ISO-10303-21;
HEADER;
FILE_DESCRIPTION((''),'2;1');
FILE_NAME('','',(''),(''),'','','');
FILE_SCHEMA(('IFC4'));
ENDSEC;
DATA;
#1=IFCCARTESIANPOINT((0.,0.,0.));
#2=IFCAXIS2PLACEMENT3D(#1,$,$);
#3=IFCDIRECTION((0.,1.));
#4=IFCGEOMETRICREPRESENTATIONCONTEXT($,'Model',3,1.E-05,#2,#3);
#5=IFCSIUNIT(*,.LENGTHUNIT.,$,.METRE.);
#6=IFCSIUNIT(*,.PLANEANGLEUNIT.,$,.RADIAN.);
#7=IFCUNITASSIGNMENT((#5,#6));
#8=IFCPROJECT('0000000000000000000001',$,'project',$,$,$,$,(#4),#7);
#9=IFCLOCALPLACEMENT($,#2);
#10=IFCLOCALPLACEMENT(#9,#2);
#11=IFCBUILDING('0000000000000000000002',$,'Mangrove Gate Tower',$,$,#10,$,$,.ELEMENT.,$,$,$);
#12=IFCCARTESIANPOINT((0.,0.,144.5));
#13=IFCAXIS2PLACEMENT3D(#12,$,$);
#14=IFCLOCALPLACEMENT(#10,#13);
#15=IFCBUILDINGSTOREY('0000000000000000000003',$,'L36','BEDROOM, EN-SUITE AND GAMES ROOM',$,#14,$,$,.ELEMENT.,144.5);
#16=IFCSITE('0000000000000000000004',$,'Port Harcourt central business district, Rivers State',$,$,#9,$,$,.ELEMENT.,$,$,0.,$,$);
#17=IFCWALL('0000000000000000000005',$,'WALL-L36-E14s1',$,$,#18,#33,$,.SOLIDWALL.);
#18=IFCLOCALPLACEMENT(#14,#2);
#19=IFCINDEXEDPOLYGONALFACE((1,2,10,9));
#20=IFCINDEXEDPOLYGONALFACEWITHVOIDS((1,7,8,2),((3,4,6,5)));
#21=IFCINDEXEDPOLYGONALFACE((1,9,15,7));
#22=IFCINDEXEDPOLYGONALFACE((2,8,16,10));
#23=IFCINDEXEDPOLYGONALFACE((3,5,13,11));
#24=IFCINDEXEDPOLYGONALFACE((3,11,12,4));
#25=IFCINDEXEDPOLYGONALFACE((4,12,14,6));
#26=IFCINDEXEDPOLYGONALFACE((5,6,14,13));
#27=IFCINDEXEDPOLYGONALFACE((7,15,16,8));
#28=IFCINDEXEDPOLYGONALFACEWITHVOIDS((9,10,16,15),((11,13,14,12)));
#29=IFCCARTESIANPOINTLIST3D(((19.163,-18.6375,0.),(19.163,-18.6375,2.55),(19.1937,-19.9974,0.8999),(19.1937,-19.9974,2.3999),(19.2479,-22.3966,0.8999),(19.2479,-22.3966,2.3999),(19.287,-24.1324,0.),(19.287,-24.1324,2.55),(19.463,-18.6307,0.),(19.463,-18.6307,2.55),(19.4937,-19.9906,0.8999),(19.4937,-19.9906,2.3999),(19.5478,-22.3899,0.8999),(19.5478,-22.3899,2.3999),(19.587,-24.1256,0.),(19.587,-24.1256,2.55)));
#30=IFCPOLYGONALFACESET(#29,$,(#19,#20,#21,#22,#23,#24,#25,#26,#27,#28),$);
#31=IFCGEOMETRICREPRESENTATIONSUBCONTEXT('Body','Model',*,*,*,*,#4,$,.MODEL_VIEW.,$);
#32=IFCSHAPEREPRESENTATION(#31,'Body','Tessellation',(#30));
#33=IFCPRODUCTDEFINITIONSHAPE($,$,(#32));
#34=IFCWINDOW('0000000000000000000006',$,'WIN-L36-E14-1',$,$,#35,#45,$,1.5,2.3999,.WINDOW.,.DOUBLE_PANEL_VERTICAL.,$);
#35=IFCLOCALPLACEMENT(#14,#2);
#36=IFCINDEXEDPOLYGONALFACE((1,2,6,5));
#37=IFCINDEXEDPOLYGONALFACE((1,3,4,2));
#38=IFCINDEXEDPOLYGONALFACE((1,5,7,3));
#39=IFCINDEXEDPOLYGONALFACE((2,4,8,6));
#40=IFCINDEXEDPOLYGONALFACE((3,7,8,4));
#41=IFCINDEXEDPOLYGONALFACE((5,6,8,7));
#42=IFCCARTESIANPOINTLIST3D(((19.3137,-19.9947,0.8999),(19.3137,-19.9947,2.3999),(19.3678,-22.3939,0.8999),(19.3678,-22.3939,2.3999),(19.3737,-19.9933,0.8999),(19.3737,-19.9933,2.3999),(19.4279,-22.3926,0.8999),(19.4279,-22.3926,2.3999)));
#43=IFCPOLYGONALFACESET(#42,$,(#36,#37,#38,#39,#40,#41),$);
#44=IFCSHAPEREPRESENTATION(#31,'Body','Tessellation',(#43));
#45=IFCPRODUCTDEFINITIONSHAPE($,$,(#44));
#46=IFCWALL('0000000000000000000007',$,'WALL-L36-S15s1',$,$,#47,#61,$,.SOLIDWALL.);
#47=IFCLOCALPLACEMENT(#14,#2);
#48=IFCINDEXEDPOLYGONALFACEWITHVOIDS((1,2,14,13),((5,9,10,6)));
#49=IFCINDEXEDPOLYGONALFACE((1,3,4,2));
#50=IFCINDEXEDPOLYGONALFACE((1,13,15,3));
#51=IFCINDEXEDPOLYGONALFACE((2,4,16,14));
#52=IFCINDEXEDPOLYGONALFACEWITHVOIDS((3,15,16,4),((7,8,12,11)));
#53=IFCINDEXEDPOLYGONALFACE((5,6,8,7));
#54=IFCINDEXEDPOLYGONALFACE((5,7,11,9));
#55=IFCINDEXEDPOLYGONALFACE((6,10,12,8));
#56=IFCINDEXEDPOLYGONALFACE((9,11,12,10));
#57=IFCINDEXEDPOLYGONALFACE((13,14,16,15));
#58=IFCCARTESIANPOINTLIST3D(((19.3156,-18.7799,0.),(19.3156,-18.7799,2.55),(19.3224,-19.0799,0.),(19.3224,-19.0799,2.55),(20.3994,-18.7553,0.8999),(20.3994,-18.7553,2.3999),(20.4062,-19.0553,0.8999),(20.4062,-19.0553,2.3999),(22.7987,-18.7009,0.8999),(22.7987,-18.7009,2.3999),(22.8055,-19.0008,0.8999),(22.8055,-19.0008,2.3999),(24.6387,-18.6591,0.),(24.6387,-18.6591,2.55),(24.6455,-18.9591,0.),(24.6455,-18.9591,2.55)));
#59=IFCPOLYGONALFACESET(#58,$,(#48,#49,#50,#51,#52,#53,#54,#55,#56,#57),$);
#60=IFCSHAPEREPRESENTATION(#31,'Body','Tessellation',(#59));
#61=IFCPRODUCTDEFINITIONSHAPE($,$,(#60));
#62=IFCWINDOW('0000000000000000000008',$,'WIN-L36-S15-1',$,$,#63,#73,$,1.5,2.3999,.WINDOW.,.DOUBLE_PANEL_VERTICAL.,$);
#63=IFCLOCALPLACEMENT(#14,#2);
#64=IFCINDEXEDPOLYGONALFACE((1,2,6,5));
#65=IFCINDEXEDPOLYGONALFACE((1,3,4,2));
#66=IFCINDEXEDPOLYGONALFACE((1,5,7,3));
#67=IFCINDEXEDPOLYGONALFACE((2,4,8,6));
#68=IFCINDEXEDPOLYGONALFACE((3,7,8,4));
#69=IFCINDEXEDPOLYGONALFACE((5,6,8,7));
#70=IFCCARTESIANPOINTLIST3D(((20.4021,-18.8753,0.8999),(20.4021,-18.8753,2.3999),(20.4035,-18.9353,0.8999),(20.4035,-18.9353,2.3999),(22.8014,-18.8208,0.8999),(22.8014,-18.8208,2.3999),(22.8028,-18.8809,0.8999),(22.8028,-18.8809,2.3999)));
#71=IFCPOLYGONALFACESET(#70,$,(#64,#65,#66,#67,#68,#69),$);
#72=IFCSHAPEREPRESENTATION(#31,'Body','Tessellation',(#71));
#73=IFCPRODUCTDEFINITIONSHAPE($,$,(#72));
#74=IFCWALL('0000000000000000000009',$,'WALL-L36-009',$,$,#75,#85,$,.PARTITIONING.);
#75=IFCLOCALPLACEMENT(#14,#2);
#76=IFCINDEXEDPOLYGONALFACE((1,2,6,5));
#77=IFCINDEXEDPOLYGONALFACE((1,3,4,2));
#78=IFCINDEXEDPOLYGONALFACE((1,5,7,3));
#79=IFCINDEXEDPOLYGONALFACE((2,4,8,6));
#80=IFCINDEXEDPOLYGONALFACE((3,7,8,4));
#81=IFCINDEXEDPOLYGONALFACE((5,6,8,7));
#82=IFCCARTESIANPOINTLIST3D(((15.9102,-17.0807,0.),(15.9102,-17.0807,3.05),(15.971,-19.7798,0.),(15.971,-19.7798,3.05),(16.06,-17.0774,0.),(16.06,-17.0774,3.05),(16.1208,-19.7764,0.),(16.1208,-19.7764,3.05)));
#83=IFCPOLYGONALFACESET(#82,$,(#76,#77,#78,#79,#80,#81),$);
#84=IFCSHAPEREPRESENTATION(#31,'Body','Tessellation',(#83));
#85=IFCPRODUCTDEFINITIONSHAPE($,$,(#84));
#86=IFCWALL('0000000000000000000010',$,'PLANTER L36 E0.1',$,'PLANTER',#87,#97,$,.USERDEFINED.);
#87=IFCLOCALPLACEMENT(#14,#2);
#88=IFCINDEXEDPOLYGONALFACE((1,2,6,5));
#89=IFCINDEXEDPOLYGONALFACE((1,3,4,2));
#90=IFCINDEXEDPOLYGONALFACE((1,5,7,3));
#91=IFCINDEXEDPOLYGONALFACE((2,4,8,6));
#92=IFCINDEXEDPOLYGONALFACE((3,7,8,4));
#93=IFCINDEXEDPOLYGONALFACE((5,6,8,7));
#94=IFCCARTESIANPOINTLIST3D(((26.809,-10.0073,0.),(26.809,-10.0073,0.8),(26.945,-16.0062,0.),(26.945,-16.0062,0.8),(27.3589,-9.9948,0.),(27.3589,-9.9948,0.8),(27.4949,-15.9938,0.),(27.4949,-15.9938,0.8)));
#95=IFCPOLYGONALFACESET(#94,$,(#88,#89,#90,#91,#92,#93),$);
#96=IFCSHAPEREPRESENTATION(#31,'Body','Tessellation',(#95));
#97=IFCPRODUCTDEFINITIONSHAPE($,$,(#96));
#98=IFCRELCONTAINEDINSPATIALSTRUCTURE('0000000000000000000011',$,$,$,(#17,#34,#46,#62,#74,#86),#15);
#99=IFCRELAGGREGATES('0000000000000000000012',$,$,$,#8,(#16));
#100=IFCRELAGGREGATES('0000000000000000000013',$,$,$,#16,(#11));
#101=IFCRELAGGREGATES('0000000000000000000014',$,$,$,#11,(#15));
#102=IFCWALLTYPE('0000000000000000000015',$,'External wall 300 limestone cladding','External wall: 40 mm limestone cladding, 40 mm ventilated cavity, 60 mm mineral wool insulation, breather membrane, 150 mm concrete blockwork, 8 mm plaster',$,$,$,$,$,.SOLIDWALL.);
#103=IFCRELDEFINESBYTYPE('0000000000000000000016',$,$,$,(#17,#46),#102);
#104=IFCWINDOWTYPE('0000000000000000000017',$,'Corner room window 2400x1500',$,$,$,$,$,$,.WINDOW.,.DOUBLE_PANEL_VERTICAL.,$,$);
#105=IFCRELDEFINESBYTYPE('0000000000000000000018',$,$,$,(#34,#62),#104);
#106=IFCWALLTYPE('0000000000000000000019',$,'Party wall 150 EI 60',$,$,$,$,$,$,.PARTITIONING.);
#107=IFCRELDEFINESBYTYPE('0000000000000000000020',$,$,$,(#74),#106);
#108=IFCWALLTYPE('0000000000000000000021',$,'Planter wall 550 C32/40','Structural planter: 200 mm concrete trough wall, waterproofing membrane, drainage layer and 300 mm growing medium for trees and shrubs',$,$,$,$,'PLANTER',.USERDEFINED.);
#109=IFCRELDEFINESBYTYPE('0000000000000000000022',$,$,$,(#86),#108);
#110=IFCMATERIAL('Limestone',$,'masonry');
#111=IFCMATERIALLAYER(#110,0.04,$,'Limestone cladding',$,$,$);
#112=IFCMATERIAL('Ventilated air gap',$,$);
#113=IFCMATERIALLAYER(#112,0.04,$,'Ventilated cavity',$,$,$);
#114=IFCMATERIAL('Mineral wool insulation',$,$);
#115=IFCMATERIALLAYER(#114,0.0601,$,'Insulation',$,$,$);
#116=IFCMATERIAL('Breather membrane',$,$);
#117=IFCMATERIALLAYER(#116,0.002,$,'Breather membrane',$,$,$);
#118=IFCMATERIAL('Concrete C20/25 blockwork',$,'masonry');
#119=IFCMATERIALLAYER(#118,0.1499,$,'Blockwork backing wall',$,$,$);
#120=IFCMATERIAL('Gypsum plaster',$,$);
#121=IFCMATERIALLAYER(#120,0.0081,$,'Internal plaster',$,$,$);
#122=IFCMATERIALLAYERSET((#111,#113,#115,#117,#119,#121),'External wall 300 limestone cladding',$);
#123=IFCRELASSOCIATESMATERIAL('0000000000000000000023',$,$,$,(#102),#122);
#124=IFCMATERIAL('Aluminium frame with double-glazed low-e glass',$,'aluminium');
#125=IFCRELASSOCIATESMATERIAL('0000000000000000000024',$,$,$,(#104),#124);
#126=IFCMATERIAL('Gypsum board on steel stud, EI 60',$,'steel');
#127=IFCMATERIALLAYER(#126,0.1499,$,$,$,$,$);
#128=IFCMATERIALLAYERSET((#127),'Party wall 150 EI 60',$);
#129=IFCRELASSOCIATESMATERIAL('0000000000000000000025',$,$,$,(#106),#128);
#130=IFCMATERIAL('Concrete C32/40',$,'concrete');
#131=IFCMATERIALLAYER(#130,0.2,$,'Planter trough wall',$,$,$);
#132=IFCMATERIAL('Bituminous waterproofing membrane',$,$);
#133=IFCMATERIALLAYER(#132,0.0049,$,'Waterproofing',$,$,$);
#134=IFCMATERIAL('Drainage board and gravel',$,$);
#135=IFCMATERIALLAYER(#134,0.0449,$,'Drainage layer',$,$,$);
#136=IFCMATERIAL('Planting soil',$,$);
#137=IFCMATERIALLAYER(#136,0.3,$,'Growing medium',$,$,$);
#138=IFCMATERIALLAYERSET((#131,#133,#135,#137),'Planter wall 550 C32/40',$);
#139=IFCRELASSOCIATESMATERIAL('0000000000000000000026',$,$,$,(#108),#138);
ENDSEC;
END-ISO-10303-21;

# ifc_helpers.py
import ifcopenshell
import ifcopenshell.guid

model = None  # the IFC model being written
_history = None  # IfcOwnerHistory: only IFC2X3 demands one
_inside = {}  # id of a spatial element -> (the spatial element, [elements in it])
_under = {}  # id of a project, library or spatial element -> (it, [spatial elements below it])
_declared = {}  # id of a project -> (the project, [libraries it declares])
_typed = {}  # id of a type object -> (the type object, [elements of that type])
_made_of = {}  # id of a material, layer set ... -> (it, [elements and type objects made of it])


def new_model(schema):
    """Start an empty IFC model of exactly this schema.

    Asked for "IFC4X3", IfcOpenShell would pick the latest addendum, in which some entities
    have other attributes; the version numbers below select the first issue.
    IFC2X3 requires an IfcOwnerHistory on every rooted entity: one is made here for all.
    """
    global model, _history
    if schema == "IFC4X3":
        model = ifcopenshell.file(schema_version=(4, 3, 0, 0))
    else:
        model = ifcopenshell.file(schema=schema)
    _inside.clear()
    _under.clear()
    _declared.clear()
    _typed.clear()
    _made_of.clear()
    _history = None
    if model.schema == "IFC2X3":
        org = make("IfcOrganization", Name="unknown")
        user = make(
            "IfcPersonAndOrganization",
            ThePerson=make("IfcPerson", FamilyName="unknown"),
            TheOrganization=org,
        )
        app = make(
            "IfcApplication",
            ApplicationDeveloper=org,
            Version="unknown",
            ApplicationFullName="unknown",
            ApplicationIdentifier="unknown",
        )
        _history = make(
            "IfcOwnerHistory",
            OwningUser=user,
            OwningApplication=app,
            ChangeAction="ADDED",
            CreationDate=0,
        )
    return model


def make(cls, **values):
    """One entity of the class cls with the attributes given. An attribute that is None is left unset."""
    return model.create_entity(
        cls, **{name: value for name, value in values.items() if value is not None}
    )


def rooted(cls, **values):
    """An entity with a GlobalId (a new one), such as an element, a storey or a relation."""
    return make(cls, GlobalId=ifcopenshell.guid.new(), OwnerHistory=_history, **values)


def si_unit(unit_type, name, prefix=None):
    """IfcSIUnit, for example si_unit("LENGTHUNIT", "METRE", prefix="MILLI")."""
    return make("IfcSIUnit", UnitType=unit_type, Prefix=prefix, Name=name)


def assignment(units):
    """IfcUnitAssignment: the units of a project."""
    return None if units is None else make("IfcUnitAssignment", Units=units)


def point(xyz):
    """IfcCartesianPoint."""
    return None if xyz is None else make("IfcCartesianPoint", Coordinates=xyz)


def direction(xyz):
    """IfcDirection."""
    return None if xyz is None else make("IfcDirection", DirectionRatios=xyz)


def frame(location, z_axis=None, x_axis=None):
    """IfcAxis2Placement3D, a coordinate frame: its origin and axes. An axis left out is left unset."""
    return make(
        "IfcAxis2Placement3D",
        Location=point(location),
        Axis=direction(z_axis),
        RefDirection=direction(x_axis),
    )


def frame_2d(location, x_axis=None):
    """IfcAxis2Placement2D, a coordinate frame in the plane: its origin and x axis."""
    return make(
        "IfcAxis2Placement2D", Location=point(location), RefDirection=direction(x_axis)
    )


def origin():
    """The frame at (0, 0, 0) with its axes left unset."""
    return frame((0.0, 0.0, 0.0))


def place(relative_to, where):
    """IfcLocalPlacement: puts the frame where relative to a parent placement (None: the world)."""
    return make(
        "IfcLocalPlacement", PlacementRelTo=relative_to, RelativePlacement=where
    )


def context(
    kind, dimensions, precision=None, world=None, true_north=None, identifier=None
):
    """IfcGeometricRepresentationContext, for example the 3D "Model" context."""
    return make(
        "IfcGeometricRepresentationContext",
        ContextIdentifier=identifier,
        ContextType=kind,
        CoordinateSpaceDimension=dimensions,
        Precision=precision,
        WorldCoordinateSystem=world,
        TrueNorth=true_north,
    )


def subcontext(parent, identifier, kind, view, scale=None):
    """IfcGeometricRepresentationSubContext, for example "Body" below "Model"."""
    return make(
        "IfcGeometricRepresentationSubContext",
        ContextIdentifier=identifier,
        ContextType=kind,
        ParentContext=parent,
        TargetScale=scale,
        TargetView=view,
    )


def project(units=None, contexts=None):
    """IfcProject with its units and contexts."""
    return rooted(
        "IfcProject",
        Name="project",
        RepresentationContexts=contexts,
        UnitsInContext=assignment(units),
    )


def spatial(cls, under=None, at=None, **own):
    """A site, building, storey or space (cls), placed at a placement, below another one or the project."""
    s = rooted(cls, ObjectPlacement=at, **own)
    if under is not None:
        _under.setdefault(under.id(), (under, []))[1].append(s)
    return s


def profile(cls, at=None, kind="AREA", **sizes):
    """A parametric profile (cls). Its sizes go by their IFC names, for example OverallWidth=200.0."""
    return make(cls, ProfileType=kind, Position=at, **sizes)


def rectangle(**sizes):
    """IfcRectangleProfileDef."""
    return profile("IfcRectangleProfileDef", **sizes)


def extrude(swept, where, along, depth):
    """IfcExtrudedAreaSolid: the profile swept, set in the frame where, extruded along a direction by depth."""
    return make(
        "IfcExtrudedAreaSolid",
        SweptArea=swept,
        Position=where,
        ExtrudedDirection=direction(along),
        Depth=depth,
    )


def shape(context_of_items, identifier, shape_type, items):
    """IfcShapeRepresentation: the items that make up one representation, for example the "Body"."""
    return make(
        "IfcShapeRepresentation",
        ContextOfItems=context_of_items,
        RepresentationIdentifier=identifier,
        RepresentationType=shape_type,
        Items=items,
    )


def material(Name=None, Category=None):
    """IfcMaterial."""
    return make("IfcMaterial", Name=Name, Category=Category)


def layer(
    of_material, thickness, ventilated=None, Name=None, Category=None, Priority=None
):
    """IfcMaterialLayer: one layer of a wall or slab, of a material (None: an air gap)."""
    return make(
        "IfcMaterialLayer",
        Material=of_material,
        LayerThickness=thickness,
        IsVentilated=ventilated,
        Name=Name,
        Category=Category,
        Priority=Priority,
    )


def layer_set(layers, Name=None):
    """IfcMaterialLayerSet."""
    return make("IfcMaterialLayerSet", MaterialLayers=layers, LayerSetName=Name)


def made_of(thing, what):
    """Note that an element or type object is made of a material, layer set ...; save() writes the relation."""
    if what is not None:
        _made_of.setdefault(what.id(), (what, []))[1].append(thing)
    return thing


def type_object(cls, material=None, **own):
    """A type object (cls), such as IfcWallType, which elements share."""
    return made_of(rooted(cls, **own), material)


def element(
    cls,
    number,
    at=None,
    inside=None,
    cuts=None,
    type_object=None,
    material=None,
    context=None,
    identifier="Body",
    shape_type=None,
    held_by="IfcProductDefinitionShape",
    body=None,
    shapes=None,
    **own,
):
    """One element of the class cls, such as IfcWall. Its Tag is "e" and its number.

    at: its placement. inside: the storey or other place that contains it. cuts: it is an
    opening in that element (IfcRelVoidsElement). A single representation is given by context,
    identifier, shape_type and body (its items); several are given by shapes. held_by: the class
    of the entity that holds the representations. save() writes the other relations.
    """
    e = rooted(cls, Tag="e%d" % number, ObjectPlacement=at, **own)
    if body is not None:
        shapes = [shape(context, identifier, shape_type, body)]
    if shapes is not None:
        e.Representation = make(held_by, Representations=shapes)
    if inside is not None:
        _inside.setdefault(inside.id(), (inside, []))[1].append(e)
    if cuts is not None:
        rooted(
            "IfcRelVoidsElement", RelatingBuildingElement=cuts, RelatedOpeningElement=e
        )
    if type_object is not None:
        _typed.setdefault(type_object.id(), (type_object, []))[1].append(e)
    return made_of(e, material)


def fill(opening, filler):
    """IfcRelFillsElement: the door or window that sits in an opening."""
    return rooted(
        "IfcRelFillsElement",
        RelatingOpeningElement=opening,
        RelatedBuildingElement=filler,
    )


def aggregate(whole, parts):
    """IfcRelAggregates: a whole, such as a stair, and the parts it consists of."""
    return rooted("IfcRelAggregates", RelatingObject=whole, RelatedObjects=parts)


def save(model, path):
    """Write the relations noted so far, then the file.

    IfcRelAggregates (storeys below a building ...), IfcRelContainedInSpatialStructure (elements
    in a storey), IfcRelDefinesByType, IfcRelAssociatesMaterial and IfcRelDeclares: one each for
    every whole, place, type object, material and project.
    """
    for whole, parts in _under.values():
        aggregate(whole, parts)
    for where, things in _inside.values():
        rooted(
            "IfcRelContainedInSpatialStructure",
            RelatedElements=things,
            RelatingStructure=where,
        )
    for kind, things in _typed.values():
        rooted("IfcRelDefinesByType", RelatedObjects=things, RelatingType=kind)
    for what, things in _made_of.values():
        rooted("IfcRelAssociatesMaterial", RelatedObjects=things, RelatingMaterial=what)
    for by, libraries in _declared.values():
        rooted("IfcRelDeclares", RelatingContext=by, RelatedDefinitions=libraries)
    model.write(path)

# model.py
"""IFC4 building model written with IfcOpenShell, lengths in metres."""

from ifc_helpers import new_model, si_unit, direction, frame, frame_2d, origin, place, context, subcontext, project, spatial, rectangle, extrude, material, layer, layer_set, type_object, element, fill, save


model = new_model("IFC4")

# Units and contexts
model_context = context("Model", 3, precision=1e-05, world=origin(), true_north=direction((0.0, 1.0)))
body_context = subcontext(model_context, "Body", "Model", "MODEL_VIEW")
ifc_project = project(units=[si_unit("LENGTHUNIT", "METRE"), si_unit("PLANEANGLEUNIT", "RADIAN")], contexts=[model_context])

# Site, building, storey
site_placement = place(None, origin())
site = spatial("IfcSite", under=ifc_project, at=site_placement, Name="Port Harcourt central business district, Rivers State", CompositionType="ELEMENT", RefElevation=0.0)
building_placement = place(site_placement, origin())
building = spatial("IfcBuilding", under=site, at=building_placement, Name="Mangrove Gate Tower", CompositionType="ELEMENT")
storey_placement = place(building_placement, frame((0.0, 0.0, 144.5)))
storey = spatial("IfcBuildingStorey", under=building, at=storey_placement, Name="L36", Description="BEDROOM, EN-SUITE AND GAMES ROOM", CompositionType="ELEMENT", Elevation=144.5)

# Shared definitions
ifc_material_1 = material(Name="Limestone", Category="masonry")
ifc_layer_1 = layer(ifc_material_1, 0.04, Name="Limestone cladding")
ifc_material_2 = material(Name="Ventilated air gap")
ifc_layer_2 = layer(ifc_material_2, 0.04, Name="Ventilated cavity")
ifc_material_3 = material(Name="Mineral wool insulation")
ifc_layer_3 = layer(ifc_material_3, 0.0601, Name="Insulation")
ifc_material_4 = material(Name="Breather membrane")
ifc_layer_4 = layer(ifc_material_4, 0.002, Name="Breather membrane")
ifc_material_5 = material(Name="Concrete C20/25 blockwork", Category="masonry")
ifc_layer_5 = layer(ifc_material_5, 0.1499, Name="Blockwork backing wall")
ifc_material_6 = material(Name="Gypsum plaster")
ifc_layer_6 = layer(ifc_material_6, 0.0081, Name="Internal plaster")
ifc_layer_set_1 = layer_set([ifc_layer_1, ifc_layer_2, ifc_layer_3, ifc_layer_4, ifc_layer_5, ifc_layer_6], Name="External wall 300 limestone cladding")
wall_type_1 = type_object("IfcWallType", Name="External wall 300 limestone cladding", Description="External wall: 40 mm limestone cladding, 40 mm ventilated cavity, 60 mm mineral wool insulation, breather membrane, 150 mm concrete blockwork, 8 mm plaster", PredefinedType="SOLIDWALL", material=ifc_layer_set_1)
ifc_material_7 = material(Name="Aluminium frame with double-glazed low-e glass", Category="aluminium")
window_type_1 = type_object("IfcWindowType", Name="Corner room window 2400x1500", PartitioningType="DOUBLE_PANEL_VERTICAL", PredefinedType="WINDOW", material=ifc_material_7)

# Walls, openings, windows
wall_1_placement = place(storey_placement, frame((19.437, -24.1289, 0.0), z_axis=(0.0, 0.0, 1.0), x_axis=(-0.022565, 0.999745, 0.0)))
wall_1 = element("IfcWall", 1, at=wall_1_placement, inside=storey, type_object=wall_type_1, Name="WALL-L36-E14s1", PredefinedType="SOLIDWALL", context=body_context, shape_type="SweptSolid", body=[
    extrude(rectangle(XDim=5.4963, YDim=0.3, at=frame_2d((2.748, 0.0))), origin(), (0.0, 0.0, 1.0), 2.55),
])
opening_1_placement = place(wall_1_placement, frame((1.7361, 0.0, 0.8999)))
opening_1 = element("IfcOpeningElement", 2, at=opening_1_placement, cuts=wall_1, PredefinedType="OPENING", context=body_context, shape_type="SweptSolid", body=[
    extrude(rectangle(XDim=2.3999, YDim=1.5, at=frame_2d((1.2, 0.75))), frame((0.0, 0.1599, 0.0), z_axis=(0.0, -1.0, 0.0), x_axis=(1.0, 0.0, 0.0)), (0.0, 0.0, 1.0), 0.3201),
])
window_1_placement = place(opening_1_placement, origin())
window_1 = element("IfcWindow", 3, at=window_1_placement, inside=storey, type_object=window_type_1, Name="WIN-L36-E14-1", OverallHeight=1.5, OverallWidth=2.3999, PartitioningType="DOUBLE_PANEL_VERTICAL", PredefinedType="WINDOW", context=body_context, shape_type="SweptSolid", body=[
    extrude(rectangle(XDim=2.3999, YDim=1.5, at=frame_2d((1.2, 0.75))), frame((0.0, 0.03, 0.0), z_axis=(0.0, -1.0, 0.0), x_axis=(1.0, 0.0, 0.0)), (0.0, 0.0, 1.0), 0.0601),
])
fill(opening_1, window_1)
wall_2_placement = place(storey_placement, frame((19.3191, -18.9299, 0.0), z_axis=(0.0, 0.0, 1.0), x_axis=(0.999742, 0.022697, 0.0)))
wall_2 = element("IfcWall", 4, at=wall_2_placement, inside=storey, type_object=wall_type_1, Name="WALL-L36-S15s1", PredefinedType="SOLIDWALL", context=body_context, shape_type="SweptSolid", body=[
    extrude(rectangle(XDim=5.3245, YDim=0.3, at=frame_2d((2.6621, 0.0))), origin(), (0.0, 0.0, 1.0), 2.55),
])
opening_2_placement = place(wall_2_placement, frame((1.084, 0.0, 0.8999)))
opening_2 = element("IfcOpeningElement", 5, at=opening_2_placement, cuts=wall_2, PredefinedType="OPENING", context=body_context, shape_type="SweptSolid", body=[
    extrude(rectangle(XDim=2.3999, YDim=1.5, at=frame_2d((1.2, 0.75))), frame((0.0, 0.1599, 0.0), z_axis=(0.0, -1.0, 0.0), x_axis=(1.0, 0.0, 0.0)), (0.0, 0.0, 1.0), 0.3201),
])
window_2_placement = place(opening_2_placement, origin())
window_2 = element("IfcWindow", 6, at=window_2_placement, inside=storey, type_object=window_type_1, Name="WIN-L36-S15-1", OverallHeight=1.5, OverallWidth=2.3999, PartitioningType="DOUBLE_PANEL_VERTICAL", PredefinedType="WINDOW", context=body_context, shape_type="SweptSolid", body=[
    extrude(rectangle(XDim=2.3999, YDim=1.5, at=frame_2d((1.2, 0.75))), frame((0.0, 0.03, 0.0), z_axis=(0.0, -1.0, 0.0), x_axis=(1.0, 0.0, 0.0)), (0.0, 0.0, 1.0), 0.0601),
])
fill(opening_2, window_2)

# Walls
ifc_material_8 = material(Name="Gypsum board on steel stud, EI 60", Category="steel")
ifc_layer_7 = layer(ifc_material_8, 0.1499)
ifc_layer_set_2 = layer_set([ifc_layer_7], Name="Party wall 150 EI 60")
wall_type_2 = type_object("IfcWallType", Name="Party wall 150 EI 60", PredefinedType="PARTITIONING", material=ifc_layer_set_2)
wall_3_placement = place(storey_placement, frame((16.0459, -19.7781, 0.0), z_axis=(0.0, 0.0, 1.0), x_axis=(-0.022518, 0.999746, 0.0)))
element("IfcWall", 7, at=wall_3_placement, inside=storey, type_object=wall_type_2, Name="WALL-L36-009", PredefinedType="PARTITIONING", context=body_context, shape_type="SweptSolid", body=[
    extrude(rectangle(XDim=2.6997, YDim=0.1499, at=frame_2d((1.3499, 0.0))), origin(), (0.0, 0.0, 1.0), 3.05),
])
ifc_material_9 = material(Name="Concrete C32/40", Category="concrete")
ifc_layer_8 = layer(ifc_material_9, 0.2, Name="Planter trough wall")
ifc_material_10 = material(Name="Bituminous waterproofing membrane")
ifc_layer_9 = layer(ifc_material_10, 0.0049, Name="Waterproofing")
ifc_material_11 = material(Name="Drainage board and gravel")
ifc_layer_10 = layer(ifc_material_11, 0.0449, Name="Drainage layer")
ifc_material_12 = material(Name="Planting soil")
ifc_layer_11 = layer(ifc_material_12, 0.3, Name="Growing medium")
ifc_layer_set_3 = layer_set([ifc_layer_8, ifc_layer_9, ifc_layer_10, ifc_layer_11], Name="Planter wall 550 C32/40")
wall_type_3 = type_object("IfcWallType", Name="Planter wall 550 C32/40", Description="Structural planter: 200 mm concrete trough wall, waterproofing membrane, drainage layer and 300 mm growing medium for trees and shrubs", ElementType="PLANTER", PredefinedType="USERDEFINED", material=ifc_layer_set_3)
wall_4_placement = place(storey_placement, frame((27.22, -16.0, 0.0), z_axis=(0.0, 0.0, 1.0), x_axis=(-0.022662, 0.999743, 0.0)))
element("IfcWall", 8, at=wall_4_placement, inside=storey, type_object=wall_type_3, Name="PLANTER L36 E0.1", ObjectType="PLANTER", PredefinedType="USERDEFINED", context=body_context, shape_type="SweptSolid", body=[
    extrude(rectangle(XDim=6.0005, YDim=0.55, at=frame_2d((3.0002, 0.0))), origin(), (0.0, 0.0, 1.0), 0.8),
])

save(model, "model.ifc")
